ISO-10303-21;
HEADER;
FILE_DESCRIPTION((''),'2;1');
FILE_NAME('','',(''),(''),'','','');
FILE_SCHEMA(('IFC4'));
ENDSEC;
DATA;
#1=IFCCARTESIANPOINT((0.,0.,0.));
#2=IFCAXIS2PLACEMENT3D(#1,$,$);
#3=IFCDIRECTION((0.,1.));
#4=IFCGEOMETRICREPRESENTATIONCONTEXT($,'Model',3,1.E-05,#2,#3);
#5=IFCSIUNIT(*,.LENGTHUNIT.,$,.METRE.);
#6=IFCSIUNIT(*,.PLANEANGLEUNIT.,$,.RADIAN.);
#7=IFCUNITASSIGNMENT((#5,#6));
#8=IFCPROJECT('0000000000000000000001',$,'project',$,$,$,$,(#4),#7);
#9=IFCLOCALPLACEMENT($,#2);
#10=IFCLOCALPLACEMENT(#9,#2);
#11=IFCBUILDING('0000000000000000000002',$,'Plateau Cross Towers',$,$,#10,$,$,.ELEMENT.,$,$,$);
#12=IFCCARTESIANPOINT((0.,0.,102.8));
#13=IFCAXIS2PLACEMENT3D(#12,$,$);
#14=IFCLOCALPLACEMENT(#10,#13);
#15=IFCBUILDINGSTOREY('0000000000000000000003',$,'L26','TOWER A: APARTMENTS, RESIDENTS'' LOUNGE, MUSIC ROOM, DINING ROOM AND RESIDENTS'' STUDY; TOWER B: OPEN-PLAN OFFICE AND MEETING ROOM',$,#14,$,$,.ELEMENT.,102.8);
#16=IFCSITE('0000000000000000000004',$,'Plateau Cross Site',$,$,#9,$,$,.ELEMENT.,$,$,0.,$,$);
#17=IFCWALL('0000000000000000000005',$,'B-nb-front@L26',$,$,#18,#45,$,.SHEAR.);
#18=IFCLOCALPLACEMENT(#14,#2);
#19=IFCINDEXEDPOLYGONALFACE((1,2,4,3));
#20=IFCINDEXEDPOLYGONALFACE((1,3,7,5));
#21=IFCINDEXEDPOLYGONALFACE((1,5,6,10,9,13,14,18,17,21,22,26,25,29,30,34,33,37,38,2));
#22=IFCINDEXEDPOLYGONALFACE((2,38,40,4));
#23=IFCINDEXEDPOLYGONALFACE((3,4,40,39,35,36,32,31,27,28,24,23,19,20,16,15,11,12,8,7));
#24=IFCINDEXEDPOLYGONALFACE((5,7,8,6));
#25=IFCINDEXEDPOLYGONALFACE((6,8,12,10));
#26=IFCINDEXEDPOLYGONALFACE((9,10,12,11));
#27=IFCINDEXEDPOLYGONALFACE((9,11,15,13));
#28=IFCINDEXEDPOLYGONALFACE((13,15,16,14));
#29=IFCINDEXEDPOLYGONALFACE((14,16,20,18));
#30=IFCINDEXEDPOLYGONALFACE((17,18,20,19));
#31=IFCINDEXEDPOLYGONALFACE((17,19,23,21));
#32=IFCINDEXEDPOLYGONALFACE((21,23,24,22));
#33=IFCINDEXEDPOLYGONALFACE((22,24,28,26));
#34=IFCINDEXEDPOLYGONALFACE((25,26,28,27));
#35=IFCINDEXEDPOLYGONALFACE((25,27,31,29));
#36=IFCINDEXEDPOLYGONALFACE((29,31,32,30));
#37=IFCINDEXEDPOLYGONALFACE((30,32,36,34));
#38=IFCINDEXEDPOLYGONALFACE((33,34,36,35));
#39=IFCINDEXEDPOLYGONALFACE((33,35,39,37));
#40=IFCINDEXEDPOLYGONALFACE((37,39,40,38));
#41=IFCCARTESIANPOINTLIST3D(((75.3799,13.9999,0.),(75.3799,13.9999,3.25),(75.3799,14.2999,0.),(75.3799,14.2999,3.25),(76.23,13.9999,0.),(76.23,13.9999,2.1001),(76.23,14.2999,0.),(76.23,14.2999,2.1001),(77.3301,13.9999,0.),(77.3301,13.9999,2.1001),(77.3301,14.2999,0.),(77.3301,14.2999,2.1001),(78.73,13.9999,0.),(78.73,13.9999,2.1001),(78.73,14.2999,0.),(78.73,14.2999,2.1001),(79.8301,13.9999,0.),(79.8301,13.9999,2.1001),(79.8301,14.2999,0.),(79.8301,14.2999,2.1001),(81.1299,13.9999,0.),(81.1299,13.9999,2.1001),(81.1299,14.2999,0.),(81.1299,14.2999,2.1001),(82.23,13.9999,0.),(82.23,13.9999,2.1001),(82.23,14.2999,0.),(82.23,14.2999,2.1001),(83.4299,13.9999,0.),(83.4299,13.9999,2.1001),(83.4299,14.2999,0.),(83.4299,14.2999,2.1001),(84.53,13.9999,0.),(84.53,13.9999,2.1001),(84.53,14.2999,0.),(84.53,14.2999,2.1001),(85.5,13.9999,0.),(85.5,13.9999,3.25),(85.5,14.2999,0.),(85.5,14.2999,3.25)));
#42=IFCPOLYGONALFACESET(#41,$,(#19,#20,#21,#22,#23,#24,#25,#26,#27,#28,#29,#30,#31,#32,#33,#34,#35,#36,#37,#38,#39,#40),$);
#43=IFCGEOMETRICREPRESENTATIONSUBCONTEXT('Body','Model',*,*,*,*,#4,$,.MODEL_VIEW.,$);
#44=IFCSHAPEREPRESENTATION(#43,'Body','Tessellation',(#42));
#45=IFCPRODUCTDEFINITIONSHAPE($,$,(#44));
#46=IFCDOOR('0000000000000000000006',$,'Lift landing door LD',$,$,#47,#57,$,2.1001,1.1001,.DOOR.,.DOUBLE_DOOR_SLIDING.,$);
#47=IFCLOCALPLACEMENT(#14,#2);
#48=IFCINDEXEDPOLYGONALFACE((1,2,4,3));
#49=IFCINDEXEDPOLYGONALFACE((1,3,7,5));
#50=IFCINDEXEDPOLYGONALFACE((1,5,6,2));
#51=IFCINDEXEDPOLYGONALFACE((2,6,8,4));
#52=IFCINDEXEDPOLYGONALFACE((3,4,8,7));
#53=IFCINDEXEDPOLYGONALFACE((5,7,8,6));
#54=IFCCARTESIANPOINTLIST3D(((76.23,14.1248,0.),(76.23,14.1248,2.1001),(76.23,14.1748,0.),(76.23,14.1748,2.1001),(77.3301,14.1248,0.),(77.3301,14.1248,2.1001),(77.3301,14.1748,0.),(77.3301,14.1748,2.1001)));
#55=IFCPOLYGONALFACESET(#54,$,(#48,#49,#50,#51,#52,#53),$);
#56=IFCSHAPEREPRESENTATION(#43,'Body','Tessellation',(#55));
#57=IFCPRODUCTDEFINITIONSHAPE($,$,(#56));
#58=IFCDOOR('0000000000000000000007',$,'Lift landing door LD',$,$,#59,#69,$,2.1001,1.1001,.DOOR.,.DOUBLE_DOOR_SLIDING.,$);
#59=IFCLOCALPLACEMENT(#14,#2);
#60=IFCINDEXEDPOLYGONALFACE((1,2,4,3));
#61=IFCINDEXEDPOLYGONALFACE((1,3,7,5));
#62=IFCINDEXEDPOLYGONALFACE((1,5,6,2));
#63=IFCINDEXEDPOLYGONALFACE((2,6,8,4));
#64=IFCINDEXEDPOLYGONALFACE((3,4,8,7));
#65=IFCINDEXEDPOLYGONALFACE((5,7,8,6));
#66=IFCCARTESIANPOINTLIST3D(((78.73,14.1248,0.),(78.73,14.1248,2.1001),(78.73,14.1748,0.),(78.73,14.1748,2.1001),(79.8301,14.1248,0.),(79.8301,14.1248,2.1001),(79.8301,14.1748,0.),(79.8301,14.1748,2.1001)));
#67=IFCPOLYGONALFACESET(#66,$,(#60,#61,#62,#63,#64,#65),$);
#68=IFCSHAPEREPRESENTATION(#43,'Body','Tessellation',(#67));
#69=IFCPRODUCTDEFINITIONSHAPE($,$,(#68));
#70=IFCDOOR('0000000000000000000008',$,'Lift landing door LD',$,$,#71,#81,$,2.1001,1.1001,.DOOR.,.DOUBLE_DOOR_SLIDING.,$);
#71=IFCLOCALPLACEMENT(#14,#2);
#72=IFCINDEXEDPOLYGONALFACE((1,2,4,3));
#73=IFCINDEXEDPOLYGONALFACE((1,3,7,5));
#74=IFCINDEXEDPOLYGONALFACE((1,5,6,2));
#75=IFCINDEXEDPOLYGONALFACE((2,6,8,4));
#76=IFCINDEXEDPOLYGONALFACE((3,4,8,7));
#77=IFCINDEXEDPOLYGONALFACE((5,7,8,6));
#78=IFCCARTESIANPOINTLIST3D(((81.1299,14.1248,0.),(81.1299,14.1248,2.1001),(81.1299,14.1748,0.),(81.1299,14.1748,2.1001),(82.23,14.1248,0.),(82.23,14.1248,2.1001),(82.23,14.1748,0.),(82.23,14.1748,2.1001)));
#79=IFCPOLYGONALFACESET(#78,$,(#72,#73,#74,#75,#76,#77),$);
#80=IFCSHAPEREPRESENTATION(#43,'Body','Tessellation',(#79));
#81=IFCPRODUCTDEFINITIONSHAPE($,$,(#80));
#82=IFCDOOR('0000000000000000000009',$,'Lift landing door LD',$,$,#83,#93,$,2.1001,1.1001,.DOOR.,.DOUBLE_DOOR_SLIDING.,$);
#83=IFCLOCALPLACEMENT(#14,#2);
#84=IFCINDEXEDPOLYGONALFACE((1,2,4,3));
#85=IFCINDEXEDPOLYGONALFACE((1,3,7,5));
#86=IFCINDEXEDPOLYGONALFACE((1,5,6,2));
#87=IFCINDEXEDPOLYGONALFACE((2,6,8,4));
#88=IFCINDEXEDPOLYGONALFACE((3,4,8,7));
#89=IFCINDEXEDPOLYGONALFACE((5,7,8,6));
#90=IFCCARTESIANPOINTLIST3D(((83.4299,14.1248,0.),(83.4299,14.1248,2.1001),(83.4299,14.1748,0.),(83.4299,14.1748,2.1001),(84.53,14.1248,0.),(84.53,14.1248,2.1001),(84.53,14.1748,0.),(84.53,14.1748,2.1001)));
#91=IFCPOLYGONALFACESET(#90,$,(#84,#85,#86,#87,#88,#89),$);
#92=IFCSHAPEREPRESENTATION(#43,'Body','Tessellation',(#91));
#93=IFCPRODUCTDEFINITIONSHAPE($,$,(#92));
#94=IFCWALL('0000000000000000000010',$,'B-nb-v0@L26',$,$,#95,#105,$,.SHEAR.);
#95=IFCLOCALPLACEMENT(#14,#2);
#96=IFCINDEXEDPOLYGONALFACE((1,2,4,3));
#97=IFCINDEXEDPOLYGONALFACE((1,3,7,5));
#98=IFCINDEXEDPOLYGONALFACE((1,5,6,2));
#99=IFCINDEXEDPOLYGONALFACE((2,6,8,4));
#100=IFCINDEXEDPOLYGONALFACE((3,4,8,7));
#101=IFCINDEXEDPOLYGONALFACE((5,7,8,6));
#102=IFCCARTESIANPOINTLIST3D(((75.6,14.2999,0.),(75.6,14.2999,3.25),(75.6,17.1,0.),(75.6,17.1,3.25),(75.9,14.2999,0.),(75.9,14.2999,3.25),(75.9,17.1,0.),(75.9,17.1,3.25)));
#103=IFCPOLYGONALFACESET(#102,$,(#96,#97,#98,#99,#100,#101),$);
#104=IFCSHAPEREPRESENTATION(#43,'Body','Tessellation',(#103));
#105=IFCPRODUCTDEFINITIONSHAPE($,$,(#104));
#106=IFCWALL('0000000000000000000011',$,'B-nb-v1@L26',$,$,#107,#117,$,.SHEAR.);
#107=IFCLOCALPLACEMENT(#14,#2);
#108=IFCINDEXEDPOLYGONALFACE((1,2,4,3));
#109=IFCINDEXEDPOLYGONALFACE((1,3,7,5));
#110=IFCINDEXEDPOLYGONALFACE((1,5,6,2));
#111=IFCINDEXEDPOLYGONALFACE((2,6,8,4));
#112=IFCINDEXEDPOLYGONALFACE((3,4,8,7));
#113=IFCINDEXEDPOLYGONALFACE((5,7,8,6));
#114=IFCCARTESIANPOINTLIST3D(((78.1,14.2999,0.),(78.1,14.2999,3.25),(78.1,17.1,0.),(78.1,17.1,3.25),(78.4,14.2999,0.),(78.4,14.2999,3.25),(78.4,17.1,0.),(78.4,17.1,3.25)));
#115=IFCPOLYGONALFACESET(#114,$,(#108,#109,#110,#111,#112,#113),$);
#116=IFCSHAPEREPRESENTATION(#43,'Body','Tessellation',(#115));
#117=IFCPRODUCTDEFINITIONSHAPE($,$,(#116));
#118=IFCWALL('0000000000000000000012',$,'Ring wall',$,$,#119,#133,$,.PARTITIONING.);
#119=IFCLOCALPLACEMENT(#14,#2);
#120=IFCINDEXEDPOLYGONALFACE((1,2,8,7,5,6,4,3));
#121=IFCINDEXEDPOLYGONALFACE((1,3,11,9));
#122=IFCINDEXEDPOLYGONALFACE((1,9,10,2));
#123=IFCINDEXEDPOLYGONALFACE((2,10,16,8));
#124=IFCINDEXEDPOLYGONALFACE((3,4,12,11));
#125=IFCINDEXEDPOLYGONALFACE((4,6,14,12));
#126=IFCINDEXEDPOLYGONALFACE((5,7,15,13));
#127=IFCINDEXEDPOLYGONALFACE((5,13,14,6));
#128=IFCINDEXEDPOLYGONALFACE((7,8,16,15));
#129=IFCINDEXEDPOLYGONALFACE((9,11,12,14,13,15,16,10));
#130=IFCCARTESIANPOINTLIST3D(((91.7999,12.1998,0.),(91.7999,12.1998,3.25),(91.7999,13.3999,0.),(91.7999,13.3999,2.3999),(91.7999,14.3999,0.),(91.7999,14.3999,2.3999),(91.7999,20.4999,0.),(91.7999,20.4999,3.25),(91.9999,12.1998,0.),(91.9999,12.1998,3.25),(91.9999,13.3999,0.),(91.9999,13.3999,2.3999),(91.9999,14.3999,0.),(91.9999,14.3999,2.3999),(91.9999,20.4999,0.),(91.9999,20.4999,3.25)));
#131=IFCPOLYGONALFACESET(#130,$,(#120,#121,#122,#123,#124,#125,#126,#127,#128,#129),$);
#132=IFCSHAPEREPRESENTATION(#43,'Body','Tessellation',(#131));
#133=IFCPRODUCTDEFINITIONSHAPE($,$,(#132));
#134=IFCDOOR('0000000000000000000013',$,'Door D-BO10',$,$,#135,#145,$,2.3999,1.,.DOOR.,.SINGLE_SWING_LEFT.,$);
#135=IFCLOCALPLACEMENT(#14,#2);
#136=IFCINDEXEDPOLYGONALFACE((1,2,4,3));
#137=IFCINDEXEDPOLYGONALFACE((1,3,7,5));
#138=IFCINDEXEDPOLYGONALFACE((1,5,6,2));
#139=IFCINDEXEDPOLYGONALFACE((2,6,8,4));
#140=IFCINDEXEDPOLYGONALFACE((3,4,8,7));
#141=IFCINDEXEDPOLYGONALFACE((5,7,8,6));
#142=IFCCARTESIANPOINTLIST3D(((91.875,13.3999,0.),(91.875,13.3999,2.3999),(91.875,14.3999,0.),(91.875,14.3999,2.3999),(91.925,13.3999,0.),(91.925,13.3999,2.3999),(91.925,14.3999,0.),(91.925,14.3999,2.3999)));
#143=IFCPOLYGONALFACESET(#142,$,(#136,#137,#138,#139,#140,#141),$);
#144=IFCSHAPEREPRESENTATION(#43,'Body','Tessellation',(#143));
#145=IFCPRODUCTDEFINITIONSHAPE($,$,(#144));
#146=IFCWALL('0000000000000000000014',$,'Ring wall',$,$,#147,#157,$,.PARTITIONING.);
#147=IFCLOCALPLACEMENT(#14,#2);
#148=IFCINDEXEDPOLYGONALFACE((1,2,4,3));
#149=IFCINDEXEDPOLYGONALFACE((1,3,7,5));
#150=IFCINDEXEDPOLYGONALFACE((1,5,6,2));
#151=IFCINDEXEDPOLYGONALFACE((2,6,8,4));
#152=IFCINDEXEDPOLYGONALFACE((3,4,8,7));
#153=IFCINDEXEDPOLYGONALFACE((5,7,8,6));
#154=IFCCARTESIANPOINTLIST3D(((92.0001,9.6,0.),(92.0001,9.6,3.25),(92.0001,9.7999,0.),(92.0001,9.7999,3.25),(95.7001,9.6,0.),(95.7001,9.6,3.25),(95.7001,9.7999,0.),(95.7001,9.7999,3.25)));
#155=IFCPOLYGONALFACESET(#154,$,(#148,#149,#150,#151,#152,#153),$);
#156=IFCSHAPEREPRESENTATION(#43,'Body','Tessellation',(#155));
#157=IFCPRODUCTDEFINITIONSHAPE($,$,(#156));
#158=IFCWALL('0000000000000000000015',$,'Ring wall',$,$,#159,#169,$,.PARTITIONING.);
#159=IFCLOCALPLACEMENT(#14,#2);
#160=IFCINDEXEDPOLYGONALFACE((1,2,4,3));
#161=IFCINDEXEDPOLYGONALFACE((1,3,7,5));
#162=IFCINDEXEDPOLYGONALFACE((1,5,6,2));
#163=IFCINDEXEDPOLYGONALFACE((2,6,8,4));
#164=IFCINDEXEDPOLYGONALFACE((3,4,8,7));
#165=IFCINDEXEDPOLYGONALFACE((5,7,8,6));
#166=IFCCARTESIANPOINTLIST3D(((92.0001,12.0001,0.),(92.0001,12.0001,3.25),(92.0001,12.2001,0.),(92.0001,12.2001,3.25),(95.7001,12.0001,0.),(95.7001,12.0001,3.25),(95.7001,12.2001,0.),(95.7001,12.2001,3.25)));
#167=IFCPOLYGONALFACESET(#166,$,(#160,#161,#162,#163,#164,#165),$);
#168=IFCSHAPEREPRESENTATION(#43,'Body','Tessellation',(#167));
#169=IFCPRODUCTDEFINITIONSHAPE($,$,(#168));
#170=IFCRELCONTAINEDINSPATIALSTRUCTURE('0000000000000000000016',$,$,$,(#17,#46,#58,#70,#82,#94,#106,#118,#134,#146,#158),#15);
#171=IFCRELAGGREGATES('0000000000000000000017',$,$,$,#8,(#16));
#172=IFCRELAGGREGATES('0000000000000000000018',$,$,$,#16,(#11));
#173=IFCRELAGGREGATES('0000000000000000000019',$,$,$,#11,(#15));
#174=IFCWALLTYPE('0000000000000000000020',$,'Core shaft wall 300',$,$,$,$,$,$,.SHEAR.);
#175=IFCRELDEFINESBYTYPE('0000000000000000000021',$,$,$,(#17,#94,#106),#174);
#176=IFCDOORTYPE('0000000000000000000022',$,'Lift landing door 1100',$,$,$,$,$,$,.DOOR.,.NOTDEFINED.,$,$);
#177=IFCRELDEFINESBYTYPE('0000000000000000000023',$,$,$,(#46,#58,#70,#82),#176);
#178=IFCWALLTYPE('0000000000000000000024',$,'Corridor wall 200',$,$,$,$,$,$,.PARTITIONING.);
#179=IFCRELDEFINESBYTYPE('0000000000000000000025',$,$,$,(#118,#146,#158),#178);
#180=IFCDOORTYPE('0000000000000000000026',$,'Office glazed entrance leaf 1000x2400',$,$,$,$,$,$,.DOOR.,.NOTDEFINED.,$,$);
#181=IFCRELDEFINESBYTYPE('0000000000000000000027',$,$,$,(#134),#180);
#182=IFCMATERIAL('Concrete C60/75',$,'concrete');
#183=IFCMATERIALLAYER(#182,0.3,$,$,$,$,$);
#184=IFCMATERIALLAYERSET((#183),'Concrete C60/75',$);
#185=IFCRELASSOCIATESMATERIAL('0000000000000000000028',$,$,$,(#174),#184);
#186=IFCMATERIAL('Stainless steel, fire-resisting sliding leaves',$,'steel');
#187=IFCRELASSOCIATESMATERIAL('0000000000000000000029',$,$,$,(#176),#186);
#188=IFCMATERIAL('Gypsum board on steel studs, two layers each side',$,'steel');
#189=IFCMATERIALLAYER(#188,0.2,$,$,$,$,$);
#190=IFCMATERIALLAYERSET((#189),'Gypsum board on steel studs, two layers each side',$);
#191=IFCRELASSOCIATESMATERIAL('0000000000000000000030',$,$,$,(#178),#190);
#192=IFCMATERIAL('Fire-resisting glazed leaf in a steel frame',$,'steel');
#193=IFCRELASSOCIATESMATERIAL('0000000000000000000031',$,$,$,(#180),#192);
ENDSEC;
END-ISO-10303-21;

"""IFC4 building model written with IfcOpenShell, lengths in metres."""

from ifc_helpers import new_model, si_unit, direction, frame, frame_2d, origin, place, context, subcontext, project, spatial, rectangle, extrude, material, layer, layer_set, type_object, element, fill, save


model = new_model("IFC4")

# Units and contexts
model_context = context("Model", 3, precision=1e-05, world=origin(), true_north=direction((0.0, 1.0)))
body_context = subcontext(model_context, "Body", "Model", "MODEL_VIEW")
ifc_project = project(units=[si_unit("LENGTHUNIT", "METRE"), si_unit("PLANEANGLEUNIT", "RADIAN")], contexts=[model_context])

# Site, building, storey
site_placement = place(None, origin())
site = spatial("IfcSite", under=ifc_project, at=site_placement, Name="Plateau Cross Site", CompositionType="ELEMENT", RefElevation=0.0)
building_placement = place(site_placement, origin())
building = spatial("IfcBuilding", under=site, at=building_placement, Name="Plateau Cross Towers", CompositionType="ELEMENT")
storey_placement = place(building_placement, frame((0.0, 0.0, 102.8)))
storey = spatial("IfcBuildingStorey", under=building, at=storey_placement, Name="L26", Description="TOWER A: APARTMENTS, RESIDENTS' LOUNGE, MUSIC ROOM, DINING ROOM AND RESIDENTS' STUDY; TOWER B: OPEN-PLAN OFFICE AND MEETING ROOM", CompositionType="ELEMENT", Elevation=102.8)

# Shared definitions
ifc_material_1 = material(Name="Concrete C60/75", Category="concrete")

# Wall, openings, doors
ifc_layer_1 = layer(ifc_material_1, 0.3)
ifc_layer_set_1 = layer_set([ifc_layer_1], Name="Concrete C60/75")
wall_type_1 = type_object("IfcWallType", Name="Core shaft wall 300", PredefinedType="SHEAR", material=ifc_layer_set_1)
wall_1_placement = place(storey_placement, frame((75.3799, 14.1499, 0.0), z_axis=(0.0, 0.0, 1.0), x_axis=(1.0, 0.0, 0.0)))
wall_1 = element("IfcWall", 1, at=wall_1_placement, inside=storey, type_object=wall_type_1, Name="B-nb-front@L26", PredefinedType="SHEAR", context=body_context, shape_type="SweptSolid", body=[
    extrude(rectangle(XDim=10.1201, YDim=0.3, at=frame_2d((5.0601, 0.0))), origin(), (0.0, 0.0, 1.0), 3.25),
])
opening_1_placement = place(wall_1_placement, frame((0.8501, 0.0, 0.0)))
opening_1 = element("IfcOpeningElement", 2, at=opening_1_placement, cuts=wall_1, PredefinedType="OPENING", context=body_context, shape_type="SweptSolid", body=[
    extrude(rectangle(XDim=1.1001, YDim=2.1001, at=frame_2d((0.55, 1.05))), frame((0.0, 0.1599, 0.0), z_axis=(0.0, -1.0, 0.0), x_axis=(1.0, 0.0, 0.0)), (0.0, 0.0, 1.0), 0.3201),
])
opening_2_placement = place(wall_1_placement, frame((3.3501, 0.0, 0.0)))
opening_2 = element("IfcOpeningElement", 3, at=opening_2_placement, cuts=wall_1, PredefinedType="OPENING", context=body_context, shape_type="SweptSolid", body=[
    extrude(rectangle(XDim=1.1001, YDim=2.1001, at=frame_2d((0.55, 1.05))), frame((0.0, 0.1599, 0.0), z_axis=(0.0, -1.0, 0.0), x_axis=(1.0, 0.0, 0.0)), (0.0, 0.0, 1.0), 0.3201),
])
opening_3_placement = place(wall_1_placement, frame((5.75, 0.0, 0.0)))
opening_3 = element("IfcOpeningElement", 4, at=opening_3_placement, cuts=wall_1, PredefinedType="OPENING", context=body_context, shape_type="SweptSolid", body=[
    extrude(rectangle(XDim=1.1001, YDim=2.1001, at=frame_2d((0.55, 1.05))), frame((0.0, 0.1599, 0.0), z_axis=(0.0, -1.0, 0.0), x_axis=(1.0, 0.0, 0.0)), (0.0, 0.0, 1.0), 0.3201),
])
opening_4_placement = place(wall_1_placement, frame((8.05, 0.0, 0.0)))
opening_4 = element("IfcOpeningElement", 5, at=opening_4_placement, cuts=wall_1, PredefinedType="OPENING", context=body_context, shape_type="SweptSolid", body=[
    extrude(rectangle(XDim=1.1001, YDim=2.1001, at=frame_2d((0.55, 1.05))), frame((0.0, 0.1599, 0.0), z_axis=(0.0, -1.0, 0.0), x_axis=(1.0, 0.0, 0.0)), (0.0, 0.0, 1.0), 0.3201),
])
ifc_material_2 = material(Name="Stainless steel, fire-resisting sliding leaves", Category="steel")
door_type_1 = type_object("IfcDoorType", Name="Lift landing door 1100", OperationType="NOTDEFINED", PredefinedType="DOOR", material=ifc_material_2)
door_1_placement = place(opening_1_placement, origin())
door_1 = element("IfcDoor", 6, at=door_1_placement, inside=storey, type_object=door_type_1, Name="Lift landing door LD", OperationType="DOUBLE_DOOR_SLIDING", OverallHeight=2.1001, OverallWidth=1.1001, PredefinedType="DOOR", context=body_context, shape_type="SweptSolid", body=[
    extrude(rectangle(XDim=1.1001, YDim=2.1001, at=frame_2d((0.55, 1.05))), frame((0.0, 0.0249, 0.0), z_axis=(0.0, -1.0, 0.0), x_axis=(1.0, 0.0, 0.0)), (0.0, 0.0, 1.0), 0.05),
])
fill(opening_1, door_1)
door_2_placement = place(opening_2_placement, origin())
door_2 = element("IfcDoor", 7, at=door_2_placement, inside=storey, type_object=door_type_1, Name="Lift landing door LD", OperationType="DOUBLE_DOOR_SLIDING", OverallHeight=2.1001, OverallWidth=1.1001, PredefinedType="DOOR", context=body_context, shape_type="SweptSolid", body=[
    extrude(rectangle(XDim=1.1001, YDim=2.1001, at=frame_2d((0.55, 1.05))), frame((0.0, 0.0249, 0.0), z_axis=(0.0, -1.0, 0.0), x_axis=(1.0, 0.0, 0.0)), (0.0, 0.0, 1.0), 0.05),
])
fill(opening_2, door_2)
door_3_placement = place(opening_3_placement, origin())
door_3 = element("IfcDoor", 8, at=door_3_placement, inside=storey, type_object=door_type_1, Name="Lift landing door LD", OperationType="DOUBLE_DOOR_SLIDING", OverallHeight=2.1001, OverallWidth=1.1001, PredefinedType="DOOR", context=body_context, shape_type="SweptSolid", body=[
    extrude(rectangle(XDim=1.1001, YDim=2.1001, at=frame_2d((0.55, 1.05))), frame((0.0, 0.0249, 0.0), z_axis=(0.0, -1.0, 0.0), x_axis=(1.0, 0.0, 0.0)), (0.0, 0.0, 1.0), 0.05),
])
fill(opening_3, door_3)
door_4_placement = place(opening_4_placement, origin())
door_4 = element("IfcDoor", 9, at=door_4_placement, inside=storey, type_object=door_type_1, Name="Lift landing door LD", OperationType="DOUBLE_DOOR_SLIDING", OverallHeight=2.1001, OverallWidth=1.1001, PredefinedType="DOOR", context=body_context, shape_type="SweptSolid", body=[
    extrude(rectangle(XDim=1.1001, YDim=2.1001, at=frame_2d((0.55, 1.05))), frame((0.0, 0.0249, 0.0), z_axis=(0.0, -1.0, 0.0), x_axis=(1.0, 0.0, 0.0)), (0.0, 0.0, 1.0), 0.05),
])
fill(opening_4, door_4)

# Walls
for number, where, z_axis, x_axis, name in (
    (10, (75.75, 14.3, 0.0), (0.0, 0.0, 1.0), (0.0, 1.0, 0.0), "B-nb-v0@L26"),
    (11, (78.25, 14.3, 0.0), (0.0, 0.0, 1.0), (0.0, 1.0, 0.0), "B-nb-v1@L26"),
):
    element("IfcWall", number, at=place(storey_placement, frame(where, z_axis=z_axis, x_axis=x_axis)), inside=storey, type_object=wall_type_1, Name=name, PredefinedType="SHEAR", context=body_context, shape_type="SweptSolid", body=[
        extrude(rectangle(XDim=2.8, YDim=0.3, at=frame_2d((1.3999, 0.0))), origin(), (0.0, 0.0, 1.0), 3.25),
    ])

# Wall, opening, door
ifc_material_3 = material(Name="Gypsum board on steel studs, two layers each side", Category="steel")
ifc_layer_2 = layer(ifc_material_3, 0.2)
ifc_layer_set_2 = layer_set([ifc_layer_2], Name="Gypsum board on steel studs, two layers each side")
wall_type_2 = type_object("IfcWallType", Name="Corridor wall 200", PredefinedType="PARTITIONING", material=ifc_layer_set_2)
wall_2_placement = place(storey_placement, frame((91.8999, 12.2, 0.0), z_axis=(0.0, 0.0, 1.0), x_axis=(0.0, 1.0, 0.0)))
wall_2 = element("IfcWall", 12, at=wall_2_placement, inside=storey, type_object=wall_type_2, Name="Ring wall", PredefinedType="PARTITIONING", context=body_context, shape_type="SweptSolid", body=[
    extrude(rectangle(XDim=8.3, YDim=0.2, at=frame_2d((4.1499, 0.0))), origin(), (0.0, 0.0, 1.0), 3.25),
])
opening_5_placement = place(wall_2_placement, frame((1.2, 0.0, 0.0)))
opening_5 = element("IfcOpeningElement", 13, at=opening_5_placement, cuts=wall_2, PredefinedType="OPENING", context=body_context, shape_type="SweptSolid", body=[
    extrude(rectangle(XDim=1.0, YDim=2.3999, at=frame_2d((0.5, 1.2))), frame((0.0, 0.1099, 0.0), z_axis=(0.0, -1.0, 0.0), x_axis=(1.0, 0.0, 0.0)), (0.0, 0.0, 1.0), 0.22),
])
ifc_material_4 = material(Name="Fire-resisting glazed leaf in a steel frame", Category="steel")
door_type_2 = type_object("IfcDoorType", Name="Office glazed entrance leaf 1000x2400", OperationType="NOTDEFINED", PredefinedType="DOOR", material=ifc_material_4)
door_5_placement = place(opening_5_placement, origin())
door_5 = element("IfcDoor", 14, at=door_5_placement, inside=storey, type_object=door_type_2, Name="Door D-BO10", OperationType="SINGLE_SWING_LEFT", OverallHeight=2.3999, OverallWidth=1.0, PredefinedType="DOOR", context=body_context, shape_type="SweptSolid", body=[
    extrude(rectangle(XDim=1.0, YDim=2.3999, at=frame_2d((0.5, 1.2))), frame((0.0, 0.0249, 0.0), z_axis=(0.0, -1.0, 0.0), x_axis=(1.0, 0.0, 0.0)), (0.0, 0.0, 1.0), 0.05),
])
fill(opening_5, door_5)

# Walls
for number, where, z_axis, x_axis, name in (
    (15, (92.0, 9.7, 0.0), (0.0, 0.0, 1.0), (1.0, 0.0, 0.0), "Ring wall"),
    (16, (92.0, 12.1001, 0.0), (0.0, 0.0, 1.0), (1.0, 0.0, 0.0), "Ring wall"),
):
    element("IfcWall", number, at=place(storey_placement, frame(where, z_axis=z_axis, x_axis=x_axis)), inside=storey, type_object=wall_type_2, Name=name, PredefinedType="PARTITIONING", context=body_context, shape_type="SweptSolid", body=[
        extrude(rectangle(XDim=3.7, YDim=0.2, at=frame_2d((1.8501, 0.0))), origin(), (0.0, 0.0, 1.0), 3.25),
    ])

save(model, "model.ifc")
